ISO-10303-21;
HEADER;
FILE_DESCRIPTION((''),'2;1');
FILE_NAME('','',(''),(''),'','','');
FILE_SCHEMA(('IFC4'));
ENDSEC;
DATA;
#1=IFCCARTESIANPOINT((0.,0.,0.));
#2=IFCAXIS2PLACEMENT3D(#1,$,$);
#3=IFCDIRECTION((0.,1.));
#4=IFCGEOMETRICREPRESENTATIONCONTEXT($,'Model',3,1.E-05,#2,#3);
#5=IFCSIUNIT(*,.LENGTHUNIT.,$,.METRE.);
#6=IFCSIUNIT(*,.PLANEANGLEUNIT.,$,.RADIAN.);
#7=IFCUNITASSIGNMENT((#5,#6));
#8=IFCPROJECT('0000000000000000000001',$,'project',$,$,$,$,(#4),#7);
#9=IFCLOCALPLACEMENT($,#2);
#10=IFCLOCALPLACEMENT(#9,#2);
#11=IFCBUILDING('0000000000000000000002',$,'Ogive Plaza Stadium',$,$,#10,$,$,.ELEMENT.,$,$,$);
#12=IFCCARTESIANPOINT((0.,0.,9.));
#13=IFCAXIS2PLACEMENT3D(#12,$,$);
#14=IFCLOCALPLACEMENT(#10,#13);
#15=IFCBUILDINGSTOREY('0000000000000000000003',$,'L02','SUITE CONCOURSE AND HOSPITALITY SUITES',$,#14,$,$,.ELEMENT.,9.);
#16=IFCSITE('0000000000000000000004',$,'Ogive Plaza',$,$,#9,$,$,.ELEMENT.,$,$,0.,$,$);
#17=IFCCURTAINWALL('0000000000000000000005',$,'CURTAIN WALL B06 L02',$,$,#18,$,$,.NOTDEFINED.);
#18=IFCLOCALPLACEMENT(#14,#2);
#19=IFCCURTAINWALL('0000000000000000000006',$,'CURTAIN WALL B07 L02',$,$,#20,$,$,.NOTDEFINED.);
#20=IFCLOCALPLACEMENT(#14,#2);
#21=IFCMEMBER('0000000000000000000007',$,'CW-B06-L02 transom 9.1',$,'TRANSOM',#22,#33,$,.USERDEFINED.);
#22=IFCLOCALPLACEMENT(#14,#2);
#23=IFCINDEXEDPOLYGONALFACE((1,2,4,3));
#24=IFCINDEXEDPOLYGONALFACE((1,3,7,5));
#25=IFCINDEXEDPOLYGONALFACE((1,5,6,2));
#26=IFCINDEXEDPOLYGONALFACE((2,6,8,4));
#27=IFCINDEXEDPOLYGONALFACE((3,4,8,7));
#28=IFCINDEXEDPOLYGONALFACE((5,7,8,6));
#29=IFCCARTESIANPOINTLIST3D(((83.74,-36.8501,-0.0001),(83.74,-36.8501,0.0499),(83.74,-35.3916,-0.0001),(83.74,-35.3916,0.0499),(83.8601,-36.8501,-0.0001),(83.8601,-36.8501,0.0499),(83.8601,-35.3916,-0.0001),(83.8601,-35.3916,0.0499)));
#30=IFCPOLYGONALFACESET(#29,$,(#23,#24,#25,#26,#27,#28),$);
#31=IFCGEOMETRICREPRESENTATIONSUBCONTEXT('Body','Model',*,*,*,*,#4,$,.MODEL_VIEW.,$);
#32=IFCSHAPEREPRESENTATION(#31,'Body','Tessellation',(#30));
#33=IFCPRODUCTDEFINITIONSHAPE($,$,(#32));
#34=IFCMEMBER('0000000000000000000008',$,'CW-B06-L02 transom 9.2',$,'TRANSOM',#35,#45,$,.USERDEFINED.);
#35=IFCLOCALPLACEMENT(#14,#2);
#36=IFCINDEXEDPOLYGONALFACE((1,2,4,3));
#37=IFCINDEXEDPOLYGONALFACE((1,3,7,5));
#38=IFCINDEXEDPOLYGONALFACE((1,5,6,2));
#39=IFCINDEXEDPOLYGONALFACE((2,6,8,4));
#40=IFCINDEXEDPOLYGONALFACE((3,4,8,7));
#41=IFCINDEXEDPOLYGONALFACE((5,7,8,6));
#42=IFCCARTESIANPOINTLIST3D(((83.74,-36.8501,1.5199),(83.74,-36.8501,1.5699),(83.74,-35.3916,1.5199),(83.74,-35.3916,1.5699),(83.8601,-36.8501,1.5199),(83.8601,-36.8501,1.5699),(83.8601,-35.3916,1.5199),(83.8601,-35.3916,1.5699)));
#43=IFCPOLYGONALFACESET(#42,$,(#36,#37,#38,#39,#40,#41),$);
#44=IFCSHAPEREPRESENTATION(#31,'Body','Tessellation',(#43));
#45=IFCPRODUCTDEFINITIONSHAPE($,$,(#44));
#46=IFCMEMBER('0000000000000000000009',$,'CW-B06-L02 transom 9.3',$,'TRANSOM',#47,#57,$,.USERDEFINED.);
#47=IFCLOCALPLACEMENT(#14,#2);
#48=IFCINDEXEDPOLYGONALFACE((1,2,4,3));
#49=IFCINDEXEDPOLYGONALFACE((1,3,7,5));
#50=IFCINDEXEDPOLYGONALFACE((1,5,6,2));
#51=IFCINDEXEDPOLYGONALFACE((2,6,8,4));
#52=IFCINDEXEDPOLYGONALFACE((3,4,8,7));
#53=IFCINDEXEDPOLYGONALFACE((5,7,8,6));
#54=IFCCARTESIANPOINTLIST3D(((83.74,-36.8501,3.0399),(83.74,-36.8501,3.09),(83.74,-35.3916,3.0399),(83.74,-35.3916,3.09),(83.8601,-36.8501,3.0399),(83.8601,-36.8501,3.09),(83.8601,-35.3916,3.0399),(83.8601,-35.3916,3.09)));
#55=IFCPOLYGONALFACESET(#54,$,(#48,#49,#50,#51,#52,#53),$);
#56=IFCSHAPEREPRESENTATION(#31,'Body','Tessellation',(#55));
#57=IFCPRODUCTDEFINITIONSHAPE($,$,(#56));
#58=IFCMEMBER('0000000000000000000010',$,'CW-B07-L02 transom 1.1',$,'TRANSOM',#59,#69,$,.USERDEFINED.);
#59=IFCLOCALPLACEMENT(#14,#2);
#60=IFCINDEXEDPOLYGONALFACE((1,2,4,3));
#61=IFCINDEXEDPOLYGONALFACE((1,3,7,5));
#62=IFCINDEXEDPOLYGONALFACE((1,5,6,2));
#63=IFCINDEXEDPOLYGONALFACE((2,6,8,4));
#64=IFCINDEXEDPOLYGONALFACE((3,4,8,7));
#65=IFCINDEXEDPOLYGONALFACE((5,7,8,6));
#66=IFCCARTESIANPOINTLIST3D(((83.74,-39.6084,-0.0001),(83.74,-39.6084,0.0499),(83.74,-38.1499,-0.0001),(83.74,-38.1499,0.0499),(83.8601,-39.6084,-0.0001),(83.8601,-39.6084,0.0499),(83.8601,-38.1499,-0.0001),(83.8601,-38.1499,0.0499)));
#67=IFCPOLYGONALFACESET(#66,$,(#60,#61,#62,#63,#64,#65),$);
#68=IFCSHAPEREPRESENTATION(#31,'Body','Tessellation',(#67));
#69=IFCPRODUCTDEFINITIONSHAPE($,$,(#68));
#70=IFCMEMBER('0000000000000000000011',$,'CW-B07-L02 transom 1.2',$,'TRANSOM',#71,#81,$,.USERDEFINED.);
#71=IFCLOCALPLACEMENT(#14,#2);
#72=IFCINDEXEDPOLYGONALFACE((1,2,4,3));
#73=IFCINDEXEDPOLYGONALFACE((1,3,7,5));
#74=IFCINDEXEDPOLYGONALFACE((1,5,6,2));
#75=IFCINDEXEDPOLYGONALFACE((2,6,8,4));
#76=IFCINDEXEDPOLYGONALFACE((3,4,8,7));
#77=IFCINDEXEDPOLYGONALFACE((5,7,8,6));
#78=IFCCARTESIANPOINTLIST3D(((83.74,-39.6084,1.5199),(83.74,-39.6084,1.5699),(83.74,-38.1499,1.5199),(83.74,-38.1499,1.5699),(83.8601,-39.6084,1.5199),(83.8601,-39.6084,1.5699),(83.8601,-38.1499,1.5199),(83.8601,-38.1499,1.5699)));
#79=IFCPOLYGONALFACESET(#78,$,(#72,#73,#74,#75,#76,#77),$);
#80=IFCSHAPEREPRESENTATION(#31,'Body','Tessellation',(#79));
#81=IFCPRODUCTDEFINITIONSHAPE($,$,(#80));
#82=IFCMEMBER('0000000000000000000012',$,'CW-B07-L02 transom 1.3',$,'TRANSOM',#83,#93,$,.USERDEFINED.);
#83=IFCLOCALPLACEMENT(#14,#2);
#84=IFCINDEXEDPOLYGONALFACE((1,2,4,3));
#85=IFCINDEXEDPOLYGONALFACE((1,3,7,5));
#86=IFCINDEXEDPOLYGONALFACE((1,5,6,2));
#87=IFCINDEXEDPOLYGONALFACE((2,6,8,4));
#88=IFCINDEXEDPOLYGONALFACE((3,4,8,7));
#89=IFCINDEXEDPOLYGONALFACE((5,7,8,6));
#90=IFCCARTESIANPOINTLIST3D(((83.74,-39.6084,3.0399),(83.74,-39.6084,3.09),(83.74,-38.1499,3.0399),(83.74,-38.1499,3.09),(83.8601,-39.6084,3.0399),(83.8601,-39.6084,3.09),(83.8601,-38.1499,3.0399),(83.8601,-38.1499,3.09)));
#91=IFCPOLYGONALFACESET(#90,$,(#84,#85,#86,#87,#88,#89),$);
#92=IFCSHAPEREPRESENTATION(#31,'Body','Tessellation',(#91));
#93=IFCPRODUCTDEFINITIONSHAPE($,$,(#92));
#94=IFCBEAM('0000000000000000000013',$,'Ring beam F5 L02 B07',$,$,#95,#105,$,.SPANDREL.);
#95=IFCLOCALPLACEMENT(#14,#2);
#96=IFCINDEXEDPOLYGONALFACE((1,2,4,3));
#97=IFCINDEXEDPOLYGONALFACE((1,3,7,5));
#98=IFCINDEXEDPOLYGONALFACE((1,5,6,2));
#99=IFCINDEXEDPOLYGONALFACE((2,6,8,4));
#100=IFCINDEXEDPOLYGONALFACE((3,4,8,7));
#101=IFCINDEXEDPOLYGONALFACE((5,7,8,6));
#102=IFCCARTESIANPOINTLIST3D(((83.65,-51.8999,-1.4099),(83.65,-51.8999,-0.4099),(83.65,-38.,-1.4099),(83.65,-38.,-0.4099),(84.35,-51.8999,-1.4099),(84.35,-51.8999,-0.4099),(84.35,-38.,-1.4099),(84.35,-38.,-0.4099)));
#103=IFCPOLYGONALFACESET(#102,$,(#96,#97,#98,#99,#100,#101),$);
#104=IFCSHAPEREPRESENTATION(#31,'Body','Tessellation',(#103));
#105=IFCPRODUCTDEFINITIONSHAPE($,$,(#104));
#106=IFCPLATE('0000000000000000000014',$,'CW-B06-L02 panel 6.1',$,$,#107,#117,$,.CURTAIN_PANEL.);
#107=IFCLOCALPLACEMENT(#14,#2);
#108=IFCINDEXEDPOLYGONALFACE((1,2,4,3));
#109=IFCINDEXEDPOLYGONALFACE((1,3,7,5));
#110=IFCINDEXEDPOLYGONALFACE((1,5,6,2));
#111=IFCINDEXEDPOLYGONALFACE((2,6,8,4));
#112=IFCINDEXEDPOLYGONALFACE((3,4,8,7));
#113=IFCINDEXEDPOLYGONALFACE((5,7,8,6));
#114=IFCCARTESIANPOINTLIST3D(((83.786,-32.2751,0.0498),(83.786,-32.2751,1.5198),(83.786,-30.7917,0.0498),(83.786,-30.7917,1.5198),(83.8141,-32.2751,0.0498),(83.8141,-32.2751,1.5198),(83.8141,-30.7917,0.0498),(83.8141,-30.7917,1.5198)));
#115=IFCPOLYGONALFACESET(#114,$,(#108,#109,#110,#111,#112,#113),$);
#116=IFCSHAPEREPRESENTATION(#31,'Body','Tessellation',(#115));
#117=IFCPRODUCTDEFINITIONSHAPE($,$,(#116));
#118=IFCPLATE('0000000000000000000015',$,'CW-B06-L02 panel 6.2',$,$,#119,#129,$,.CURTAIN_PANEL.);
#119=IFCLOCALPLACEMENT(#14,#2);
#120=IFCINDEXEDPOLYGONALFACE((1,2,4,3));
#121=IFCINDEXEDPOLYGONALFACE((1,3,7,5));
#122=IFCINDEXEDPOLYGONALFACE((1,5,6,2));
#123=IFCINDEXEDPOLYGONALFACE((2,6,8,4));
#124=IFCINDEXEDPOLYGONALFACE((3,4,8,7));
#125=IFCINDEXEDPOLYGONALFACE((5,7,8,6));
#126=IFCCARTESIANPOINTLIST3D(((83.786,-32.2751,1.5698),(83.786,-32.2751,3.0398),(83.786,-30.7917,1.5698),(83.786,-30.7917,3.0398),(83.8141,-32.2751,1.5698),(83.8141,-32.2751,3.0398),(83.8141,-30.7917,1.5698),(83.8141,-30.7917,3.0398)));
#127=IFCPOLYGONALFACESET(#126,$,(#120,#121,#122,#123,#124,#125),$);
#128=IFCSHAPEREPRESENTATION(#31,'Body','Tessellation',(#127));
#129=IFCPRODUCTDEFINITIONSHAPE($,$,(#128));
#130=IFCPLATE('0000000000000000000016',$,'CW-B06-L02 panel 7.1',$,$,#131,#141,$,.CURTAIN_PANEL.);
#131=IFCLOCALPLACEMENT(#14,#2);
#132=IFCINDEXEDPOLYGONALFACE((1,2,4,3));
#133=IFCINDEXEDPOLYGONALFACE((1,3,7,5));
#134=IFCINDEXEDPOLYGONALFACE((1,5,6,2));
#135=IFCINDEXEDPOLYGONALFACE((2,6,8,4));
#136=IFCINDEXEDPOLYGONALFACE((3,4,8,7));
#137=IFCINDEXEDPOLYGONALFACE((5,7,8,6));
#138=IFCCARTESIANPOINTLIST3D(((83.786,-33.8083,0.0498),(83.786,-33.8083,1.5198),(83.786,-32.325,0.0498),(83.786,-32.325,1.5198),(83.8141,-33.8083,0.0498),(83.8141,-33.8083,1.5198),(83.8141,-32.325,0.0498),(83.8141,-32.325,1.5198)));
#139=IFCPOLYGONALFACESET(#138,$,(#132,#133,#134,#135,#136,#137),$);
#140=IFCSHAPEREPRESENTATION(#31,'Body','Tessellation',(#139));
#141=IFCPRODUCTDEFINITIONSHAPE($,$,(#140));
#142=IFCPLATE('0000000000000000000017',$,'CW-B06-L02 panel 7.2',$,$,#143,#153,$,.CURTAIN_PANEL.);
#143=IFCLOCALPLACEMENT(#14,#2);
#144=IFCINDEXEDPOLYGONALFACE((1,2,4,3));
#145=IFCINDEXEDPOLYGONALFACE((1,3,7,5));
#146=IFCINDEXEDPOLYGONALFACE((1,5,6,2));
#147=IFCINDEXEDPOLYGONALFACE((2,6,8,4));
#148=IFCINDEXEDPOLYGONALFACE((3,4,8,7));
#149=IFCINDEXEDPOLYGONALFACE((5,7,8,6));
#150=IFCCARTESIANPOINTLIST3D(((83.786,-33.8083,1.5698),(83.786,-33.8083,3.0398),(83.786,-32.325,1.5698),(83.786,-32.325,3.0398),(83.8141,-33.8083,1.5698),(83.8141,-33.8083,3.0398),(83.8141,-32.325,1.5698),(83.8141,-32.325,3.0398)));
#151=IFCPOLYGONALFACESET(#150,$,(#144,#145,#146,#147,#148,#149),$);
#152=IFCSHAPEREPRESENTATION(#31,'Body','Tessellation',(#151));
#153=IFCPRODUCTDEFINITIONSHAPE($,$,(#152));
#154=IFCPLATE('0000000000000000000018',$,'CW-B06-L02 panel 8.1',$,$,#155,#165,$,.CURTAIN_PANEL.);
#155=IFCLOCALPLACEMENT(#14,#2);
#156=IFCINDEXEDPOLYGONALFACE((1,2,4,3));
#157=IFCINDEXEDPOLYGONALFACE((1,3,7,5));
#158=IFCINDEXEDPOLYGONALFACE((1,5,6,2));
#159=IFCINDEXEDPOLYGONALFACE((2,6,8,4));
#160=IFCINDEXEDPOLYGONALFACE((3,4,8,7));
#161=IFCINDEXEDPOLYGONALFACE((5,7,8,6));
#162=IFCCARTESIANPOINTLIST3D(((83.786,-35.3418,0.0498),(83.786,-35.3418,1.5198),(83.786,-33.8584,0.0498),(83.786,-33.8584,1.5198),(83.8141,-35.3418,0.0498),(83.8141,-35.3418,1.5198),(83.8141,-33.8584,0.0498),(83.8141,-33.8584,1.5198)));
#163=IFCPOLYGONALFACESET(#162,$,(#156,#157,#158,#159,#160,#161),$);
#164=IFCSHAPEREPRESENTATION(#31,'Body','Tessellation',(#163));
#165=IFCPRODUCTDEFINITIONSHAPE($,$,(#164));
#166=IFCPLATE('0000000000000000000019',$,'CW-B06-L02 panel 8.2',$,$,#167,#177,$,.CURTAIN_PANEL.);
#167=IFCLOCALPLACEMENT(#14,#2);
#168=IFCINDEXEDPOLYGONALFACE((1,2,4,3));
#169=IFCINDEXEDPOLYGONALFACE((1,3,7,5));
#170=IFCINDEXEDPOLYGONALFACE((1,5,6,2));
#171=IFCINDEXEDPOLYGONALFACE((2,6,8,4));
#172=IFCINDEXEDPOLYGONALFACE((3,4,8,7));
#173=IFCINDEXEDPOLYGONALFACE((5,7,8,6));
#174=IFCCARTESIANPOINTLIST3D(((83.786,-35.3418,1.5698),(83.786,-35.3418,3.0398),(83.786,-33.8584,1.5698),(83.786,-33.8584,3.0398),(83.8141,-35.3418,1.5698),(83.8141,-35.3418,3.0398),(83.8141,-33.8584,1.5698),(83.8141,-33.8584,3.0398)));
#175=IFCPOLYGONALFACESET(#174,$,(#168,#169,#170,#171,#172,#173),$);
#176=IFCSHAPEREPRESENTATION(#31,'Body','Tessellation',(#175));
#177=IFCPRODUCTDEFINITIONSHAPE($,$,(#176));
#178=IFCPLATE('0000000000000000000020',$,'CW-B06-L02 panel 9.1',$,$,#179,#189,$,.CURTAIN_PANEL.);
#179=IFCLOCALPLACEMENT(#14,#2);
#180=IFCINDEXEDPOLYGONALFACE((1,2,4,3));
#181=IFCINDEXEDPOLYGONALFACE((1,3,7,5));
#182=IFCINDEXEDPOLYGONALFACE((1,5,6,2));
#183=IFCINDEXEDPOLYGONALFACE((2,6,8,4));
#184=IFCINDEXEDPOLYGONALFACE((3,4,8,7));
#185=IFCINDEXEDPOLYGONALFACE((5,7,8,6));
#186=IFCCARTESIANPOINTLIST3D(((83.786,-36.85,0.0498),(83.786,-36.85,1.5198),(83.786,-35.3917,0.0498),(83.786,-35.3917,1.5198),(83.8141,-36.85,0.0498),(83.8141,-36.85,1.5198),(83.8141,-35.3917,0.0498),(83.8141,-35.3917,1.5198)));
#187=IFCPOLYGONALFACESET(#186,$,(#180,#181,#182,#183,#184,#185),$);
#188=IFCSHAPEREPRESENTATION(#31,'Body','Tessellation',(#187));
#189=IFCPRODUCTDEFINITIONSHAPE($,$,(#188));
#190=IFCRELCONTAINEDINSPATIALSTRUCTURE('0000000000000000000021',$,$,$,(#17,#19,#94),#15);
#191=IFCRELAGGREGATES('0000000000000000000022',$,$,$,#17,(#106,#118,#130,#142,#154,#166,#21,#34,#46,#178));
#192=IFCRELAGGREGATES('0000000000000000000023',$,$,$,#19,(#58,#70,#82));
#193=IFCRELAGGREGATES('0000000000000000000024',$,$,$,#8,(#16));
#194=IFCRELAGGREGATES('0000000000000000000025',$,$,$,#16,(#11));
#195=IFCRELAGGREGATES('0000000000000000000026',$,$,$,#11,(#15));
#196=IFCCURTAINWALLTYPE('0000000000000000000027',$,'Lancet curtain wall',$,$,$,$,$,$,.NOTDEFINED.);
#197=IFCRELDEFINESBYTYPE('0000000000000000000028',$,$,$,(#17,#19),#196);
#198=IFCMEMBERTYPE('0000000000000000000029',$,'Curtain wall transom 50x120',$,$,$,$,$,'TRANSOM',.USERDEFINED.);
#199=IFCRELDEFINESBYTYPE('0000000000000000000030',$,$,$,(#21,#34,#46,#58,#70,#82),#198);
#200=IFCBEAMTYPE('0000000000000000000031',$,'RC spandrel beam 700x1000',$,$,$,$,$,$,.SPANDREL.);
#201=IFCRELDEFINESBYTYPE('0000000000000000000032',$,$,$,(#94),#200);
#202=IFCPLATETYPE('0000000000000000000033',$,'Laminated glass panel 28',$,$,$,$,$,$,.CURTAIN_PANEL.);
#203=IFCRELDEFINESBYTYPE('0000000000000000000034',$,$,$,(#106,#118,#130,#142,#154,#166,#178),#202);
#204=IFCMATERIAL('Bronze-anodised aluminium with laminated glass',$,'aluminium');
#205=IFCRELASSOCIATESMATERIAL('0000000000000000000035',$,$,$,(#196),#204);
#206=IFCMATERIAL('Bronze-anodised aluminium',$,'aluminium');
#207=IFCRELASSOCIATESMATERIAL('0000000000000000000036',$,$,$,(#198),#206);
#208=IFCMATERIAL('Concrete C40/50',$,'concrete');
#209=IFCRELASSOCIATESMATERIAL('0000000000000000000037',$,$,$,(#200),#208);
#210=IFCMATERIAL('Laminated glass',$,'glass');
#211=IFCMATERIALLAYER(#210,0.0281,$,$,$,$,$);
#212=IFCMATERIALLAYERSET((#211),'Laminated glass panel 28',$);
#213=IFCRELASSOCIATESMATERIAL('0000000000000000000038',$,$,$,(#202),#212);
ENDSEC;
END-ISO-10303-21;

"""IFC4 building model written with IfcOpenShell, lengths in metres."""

from ifc_helpers import new_model, si_unit, direction, frame, origin, origin_2d, place, context, subcontext, project, spatial, rectangle, extrude, material, layer, layer_set, material_profile, profile_set, type_object, element, aggregate, save


model = new_model("IFC4")

# Units and contexts
model_context = context("Model", 3, precision=1e-05, world=origin(), true_north=direction((0.0, 1.0)))
body_context = subcontext(model_context, "Body", "Model", "MODEL_VIEW")
ifc_project = project(units=[si_unit("LENGTHUNIT", "METRE"), si_unit("PLANEANGLEUNIT", "RADIAN")], contexts=[model_context])

# Site, building, storey
site_placement = place(None, origin())
site = spatial("IfcSite", under=ifc_project, at=site_placement, Name="Ogive Plaza", CompositionType="ELEMENT", RefElevation=0.0)
building_placement = place(site_placement, origin())
building = spatial("IfcBuilding", under=site, at=building_placement, Name="Ogive Plaza Stadium", CompositionType="ELEMENT")
storey_placement = place(building_placement, frame((0.0, 0.0, 9.0)))
storey = spatial("IfcBuildingStorey", under=building, at=storey_placement, Name="L02", Description="SUITE CONCOURSE AND HOSPITALITY SUITES", CompositionType="ELEMENT", Elevation=9.0)

# Curtain walls
ifc_material_1 = material(Name="Bronze-anodised aluminium with laminated glass", Category="aluminium")
curtain_wall_type = type_object("IfcCurtainWallType", Name="Lancet curtain wall", PredefinedType="NOTDEFINED", material=ifc_material_1)
curtain_wall_1_placement = place(storey_placement, origin())
curtain_wall_1 = element("IfcCurtainWall", 1, at=curtain_wall_1_placement, inside=storey, type_object=curtain_wall_type, Name="CURTAIN WALL B06 L02", PredefinedType="NOTDEFINED")
curtain_wall_2_placement = place(storey_placement, origin())
curtain_wall_2 = element("IfcCurtainWall", 2, at=curtain_wall_2_placement, inside=storey, type_object=curtain_wall_type, Name="CURTAIN WALL B07 L02", PredefinedType="NOTDEFINED")

# Members
ifc_material_2 = material(Name="Bronze-anodised aluminium", Category="aluminium")
ifc_material_profile_1 = material_profile(ifc_material_2, rectangle(XDim=0.1201, YDim=0.05, at=origin_2d()), Name="AL 120x50")
ifc_profile_set_1 = profile_set([ifc_material_profile_1], Name="Bronze-anodised aluminium")
member_type_1 = type_object("IfcMemberType", Name="Curtain wall transom 50x120", ElementType="TRANSOM", PredefinedType="USERDEFINED", material=ifc_profile_set_1)
member_1_placement = place(storey_placement, frame((83.8, -35.3916, 0.0249), z_axis=(0.0, -1.0, 0.0), x_axis=(1.0, 0.0, 0.0)))
member_1 = element("IfcMember", 3, at=member_1_placement, type_object=member_type_1, Name="CW-B06-L02 transom 9.1", ObjectType="TRANSOM", PredefinedType="USERDEFINED", context=body_context, shape_type="SweptSolid", body=[
    extrude(rectangle(XDim=0.1201, YDim=0.05, at=origin_2d()), origin(), (0.0, 0.0, 1.0), 1.4585),
])
member_2_placement = place(storey_placement, frame((83.8, -35.3916, 1.5449), z_axis=(0.0, -1.0, 0.0), x_axis=(1.0, 0.0, 0.0)))
member_2 = element("IfcMember", 4, at=member_2_placement, type_object=member_type_1, Name="CW-B06-L02 transom 9.2", ObjectType="TRANSOM", PredefinedType="USERDEFINED", context=body_context, shape_type="SweptSolid", body=[
    extrude(rectangle(XDim=0.1201, YDim=0.05, at=origin_2d()), origin(), (0.0, 0.0, 1.0), 1.4585),
])
member_3_placement = place(storey_placement, frame((83.8, -35.3916, 3.0649), z_axis=(0.0, -1.0, 0.0), x_axis=(1.0, 0.0, 0.0)))
member_3 = element("IfcMember", 5, at=member_3_placement, type_object=member_type_1, Name="CW-B06-L02 transom 9.3", ObjectType="TRANSOM", PredefinedType="USERDEFINED", context=body_context, shape_type="SweptSolid", body=[
    extrude(rectangle(XDim=0.1201, YDim=0.05, at=origin_2d()), origin(), (0.0, 0.0, 1.0), 1.4585),
])
member_4_placement = place(storey_placement, frame((83.8, -38.1499, 0.0249), z_axis=(0.0, -1.0, 0.0), x_axis=(1.0, 0.0, 0.0)))
member_4 = element("IfcMember", 6, at=member_4_placement, type_object=member_type_1, Name="CW-B07-L02 transom 1.1", ObjectType="TRANSOM", PredefinedType="USERDEFINED", context=body_context, shape_type="SweptSolid", body=[
    extrude(rectangle(XDim=0.1201, YDim=0.05, at=origin_2d()), origin(), (0.0, 0.0, 1.0), 1.4585),
])
member_5_placement = place(storey_placement, frame((83.8, -38.1499, 1.5449), z_axis=(0.0, -1.0, 0.0), x_axis=(1.0, 0.0, 0.0)))
member_5 = element("IfcMember", 7, at=member_5_placement, type_object=member_type_1, Name="CW-B07-L02 transom 1.2", ObjectType="TRANSOM", PredefinedType="USERDEFINED", context=body_context, shape_type="SweptSolid", body=[
    extrude(rectangle(XDim=0.1201, YDim=0.05, at=origin_2d()), origin(), (0.0, 0.0, 1.0), 1.4585),
])
member_6_placement = place(storey_placement, frame((83.8, -38.1499, 3.0649), z_axis=(0.0, -1.0, 0.0), x_axis=(1.0, 0.0, 0.0)))
member_6 = element("IfcMember", 8, at=member_6_placement, type_object=member_type_1, Name="CW-B07-L02 transom 1.3", ObjectType="TRANSOM", PredefinedType="USERDEFINED", context=body_context, shape_type="SweptSolid", body=[
    extrude(rectangle(XDim=0.1201, YDim=0.05, at=origin_2d()), origin(), (0.0, 0.0, 1.0), 1.4585),
])

# Beam
ifc_material_3 = material(Name="Concrete C40/50", Category="concrete")
ifc_material_profile_2 = material_profile(ifc_material_3, rectangle(XDim=0.7, YDim=1.0, at=origin_2d()), Name="RC 700x1000")
ifc_profile_set_2 = profile_set([ifc_material_profile_2], Name="Concrete C40/50")
beam_type = type_object("IfcBeamType", Name="RC spandrel beam 700x1000", PredefinedType="SPANDREL", material=ifc_profile_set_2)
beam_placement = place(storey_placement, frame((84.0, -38.0, -0.9099), z_axis=(0.0, -1.0, 0.0), x_axis=(1.0, 0.0, 0.0)))
element("IfcBeam", 9, at=beam_placement, inside=storey, type_object=beam_type, Name="Ring beam F5 L02 B07", PredefinedType="SPANDREL", context=body_context, shape_type="SweptSolid", body=[
    extrude(rectangle(XDim=0.7, YDim=1.0, at=origin_2d()), origin(), (0.0, 0.0, 1.0), 13.8999),
])

# Plates
ifc_material_4 = material(Name="Laminated glass", Category="glass")
ifc_layer = layer(ifc_material_4, 0.0281)
ifc_layer_set = layer_set([ifc_layer], Name="Laminated glass panel 28")
plate_type = type_object("IfcPlateType", Name="Laminated glass panel 28", PredefinedType="CURTAIN_PANEL", material=ifc_layer_set)
plate_1_placement = place(storey_placement, frame((83.8, -31.5334, 0.0498), z_axis=(0.0, 0.0, 1.0), x_axis=(0.0, -1.0, 0.0)))
plate_1 = element("IfcPlate", 10, at=plate_1_placement, type_object=plate_type, Name="CW-B06-L02 panel 6.1", PredefinedType="CURTAIN_PANEL", context=body_context, shape_type="SweptSolid", body=[
    extrude(rectangle(XDim=1.4834, YDim=0.0281, at=origin_2d()), origin(), (0.0, 0.0, 1.0), 1.47),
])
plate_2_placement = place(storey_placement, frame((83.8, -31.5334, 1.5698), z_axis=(0.0, 0.0, 1.0), x_axis=(0.0, -1.0, 0.0)))
plate_2 = element("IfcPlate", 11, at=plate_2_placement, type_object=plate_type, Name="CW-B06-L02 panel 6.2", PredefinedType="CURTAIN_PANEL", context=body_context, shape_type="SweptSolid", body=[
    extrude(rectangle(XDim=1.4834, YDim=0.0281, at=origin_2d()), origin(), (0.0, 0.0, 1.0), 1.47),
])
plate_3_placement = place(storey_placement, frame((83.8, -33.0667, 0.0498), z_axis=(0.0, 0.0, 1.0), x_axis=(0.0, -1.0, 0.0)))
plate_3 = element("IfcPlate", 12, at=plate_3_placement, type_object=plate_type, Name="CW-B06-L02 panel 7.1", PredefinedType="CURTAIN_PANEL", context=body_context, shape_type="SweptSolid", body=[
    extrude(rectangle(XDim=1.4834, YDim=0.0281, at=origin_2d()), origin(), (0.0, 0.0, 1.0), 1.47),
])
plate_4_placement = place(storey_placement, frame((83.8, -33.0667, 1.5698), z_axis=(0.0, 0.0, 1.0), x_axis=(0.0, -1.0, 0.0)))
plate_4 = element("IfcPlate", 13, at=plate_4_placement, type_object=plate_type, Name="CW-B06-L02 panel 7.2", PredefinedType="CURTAIN_PANEL", context=body_context, shape_type="SweptSolid", body=[
    extrude(rectangle(XDim=1.4834, YDim=0.0281, at=origin_2d()), origin(), (0.0, 0.0, 1.0), 1.47),
])
plate_5_placement = place(storey_placement, frame((83.8, -34.6001, 0.0498), z_axis=(0.0, 0.0, 1.0), x_axis=(0.0, -1.0, 0.0)))
plate_5 = element("IfcPlate", 14, at=plate_5_placement, type_object=plate_type, Name="CW-B06-L02 panel 8.1", PredefinedType="CURTAIN_PANEL", context=body_context, shape_type="SweptSolid", body=[
    extrude(rectangle(XDim=1.4834, YDim=0.0281, at=origin_2d()), origin(), (0.0, 0.0, 1.0), 1.47),
])
plate_6_placement = place(storey_placement, frame((83.8, -34.6001, 1.5698), z_axis=(0.0, 0.0, 1.0), x_axis=(0.0, -1.0, 0.0)))
plate_6 = element("IfcPlate", 15, at=plate_6_placement, type_object=plate_type, Name="CW-B06-L02 panel 8.2", PredefinedType="CURTAIN_PANEL", context=body_context, shape_type="SweptSolid", body=[
    extrude(rectangle(XDim=1.4834, YDim=0.0281, at=origin_2d()), origin(), (0.0, 0.0, 1.0), 1.47),
])
plate_7_placement = place(storey_placement, frame((83.8, -36.1208, 0.0498), z_axis=(0.0, 0.0, 1.0), x_axis=(0.0, -1.0, 0.0)))
plate_7 = element("IfcPlate", 16, at=plate_7_placement, type_object=plate_type, Name="CW-B06-L02 panel 9.1", PredefinedType="CURTAIN_PANEL", context=body_context, shape_type="SweptSolid", body=[
    extrude(rectangle(XDim=1.4583, YDim=0.0281, at=origin_2d()), origin(), (0.0, 0.0, 1.0), 1.47),
])
aggregate(curtain_wall_1, [plate_1, plate_2, plate_3, plate_4, plate_5, plate_6, member_1, member_2, member_3, plate_7])
aggregate(curtain_wall_2, [member_4, member_5, member_6])

save(model, "model.ifc")
